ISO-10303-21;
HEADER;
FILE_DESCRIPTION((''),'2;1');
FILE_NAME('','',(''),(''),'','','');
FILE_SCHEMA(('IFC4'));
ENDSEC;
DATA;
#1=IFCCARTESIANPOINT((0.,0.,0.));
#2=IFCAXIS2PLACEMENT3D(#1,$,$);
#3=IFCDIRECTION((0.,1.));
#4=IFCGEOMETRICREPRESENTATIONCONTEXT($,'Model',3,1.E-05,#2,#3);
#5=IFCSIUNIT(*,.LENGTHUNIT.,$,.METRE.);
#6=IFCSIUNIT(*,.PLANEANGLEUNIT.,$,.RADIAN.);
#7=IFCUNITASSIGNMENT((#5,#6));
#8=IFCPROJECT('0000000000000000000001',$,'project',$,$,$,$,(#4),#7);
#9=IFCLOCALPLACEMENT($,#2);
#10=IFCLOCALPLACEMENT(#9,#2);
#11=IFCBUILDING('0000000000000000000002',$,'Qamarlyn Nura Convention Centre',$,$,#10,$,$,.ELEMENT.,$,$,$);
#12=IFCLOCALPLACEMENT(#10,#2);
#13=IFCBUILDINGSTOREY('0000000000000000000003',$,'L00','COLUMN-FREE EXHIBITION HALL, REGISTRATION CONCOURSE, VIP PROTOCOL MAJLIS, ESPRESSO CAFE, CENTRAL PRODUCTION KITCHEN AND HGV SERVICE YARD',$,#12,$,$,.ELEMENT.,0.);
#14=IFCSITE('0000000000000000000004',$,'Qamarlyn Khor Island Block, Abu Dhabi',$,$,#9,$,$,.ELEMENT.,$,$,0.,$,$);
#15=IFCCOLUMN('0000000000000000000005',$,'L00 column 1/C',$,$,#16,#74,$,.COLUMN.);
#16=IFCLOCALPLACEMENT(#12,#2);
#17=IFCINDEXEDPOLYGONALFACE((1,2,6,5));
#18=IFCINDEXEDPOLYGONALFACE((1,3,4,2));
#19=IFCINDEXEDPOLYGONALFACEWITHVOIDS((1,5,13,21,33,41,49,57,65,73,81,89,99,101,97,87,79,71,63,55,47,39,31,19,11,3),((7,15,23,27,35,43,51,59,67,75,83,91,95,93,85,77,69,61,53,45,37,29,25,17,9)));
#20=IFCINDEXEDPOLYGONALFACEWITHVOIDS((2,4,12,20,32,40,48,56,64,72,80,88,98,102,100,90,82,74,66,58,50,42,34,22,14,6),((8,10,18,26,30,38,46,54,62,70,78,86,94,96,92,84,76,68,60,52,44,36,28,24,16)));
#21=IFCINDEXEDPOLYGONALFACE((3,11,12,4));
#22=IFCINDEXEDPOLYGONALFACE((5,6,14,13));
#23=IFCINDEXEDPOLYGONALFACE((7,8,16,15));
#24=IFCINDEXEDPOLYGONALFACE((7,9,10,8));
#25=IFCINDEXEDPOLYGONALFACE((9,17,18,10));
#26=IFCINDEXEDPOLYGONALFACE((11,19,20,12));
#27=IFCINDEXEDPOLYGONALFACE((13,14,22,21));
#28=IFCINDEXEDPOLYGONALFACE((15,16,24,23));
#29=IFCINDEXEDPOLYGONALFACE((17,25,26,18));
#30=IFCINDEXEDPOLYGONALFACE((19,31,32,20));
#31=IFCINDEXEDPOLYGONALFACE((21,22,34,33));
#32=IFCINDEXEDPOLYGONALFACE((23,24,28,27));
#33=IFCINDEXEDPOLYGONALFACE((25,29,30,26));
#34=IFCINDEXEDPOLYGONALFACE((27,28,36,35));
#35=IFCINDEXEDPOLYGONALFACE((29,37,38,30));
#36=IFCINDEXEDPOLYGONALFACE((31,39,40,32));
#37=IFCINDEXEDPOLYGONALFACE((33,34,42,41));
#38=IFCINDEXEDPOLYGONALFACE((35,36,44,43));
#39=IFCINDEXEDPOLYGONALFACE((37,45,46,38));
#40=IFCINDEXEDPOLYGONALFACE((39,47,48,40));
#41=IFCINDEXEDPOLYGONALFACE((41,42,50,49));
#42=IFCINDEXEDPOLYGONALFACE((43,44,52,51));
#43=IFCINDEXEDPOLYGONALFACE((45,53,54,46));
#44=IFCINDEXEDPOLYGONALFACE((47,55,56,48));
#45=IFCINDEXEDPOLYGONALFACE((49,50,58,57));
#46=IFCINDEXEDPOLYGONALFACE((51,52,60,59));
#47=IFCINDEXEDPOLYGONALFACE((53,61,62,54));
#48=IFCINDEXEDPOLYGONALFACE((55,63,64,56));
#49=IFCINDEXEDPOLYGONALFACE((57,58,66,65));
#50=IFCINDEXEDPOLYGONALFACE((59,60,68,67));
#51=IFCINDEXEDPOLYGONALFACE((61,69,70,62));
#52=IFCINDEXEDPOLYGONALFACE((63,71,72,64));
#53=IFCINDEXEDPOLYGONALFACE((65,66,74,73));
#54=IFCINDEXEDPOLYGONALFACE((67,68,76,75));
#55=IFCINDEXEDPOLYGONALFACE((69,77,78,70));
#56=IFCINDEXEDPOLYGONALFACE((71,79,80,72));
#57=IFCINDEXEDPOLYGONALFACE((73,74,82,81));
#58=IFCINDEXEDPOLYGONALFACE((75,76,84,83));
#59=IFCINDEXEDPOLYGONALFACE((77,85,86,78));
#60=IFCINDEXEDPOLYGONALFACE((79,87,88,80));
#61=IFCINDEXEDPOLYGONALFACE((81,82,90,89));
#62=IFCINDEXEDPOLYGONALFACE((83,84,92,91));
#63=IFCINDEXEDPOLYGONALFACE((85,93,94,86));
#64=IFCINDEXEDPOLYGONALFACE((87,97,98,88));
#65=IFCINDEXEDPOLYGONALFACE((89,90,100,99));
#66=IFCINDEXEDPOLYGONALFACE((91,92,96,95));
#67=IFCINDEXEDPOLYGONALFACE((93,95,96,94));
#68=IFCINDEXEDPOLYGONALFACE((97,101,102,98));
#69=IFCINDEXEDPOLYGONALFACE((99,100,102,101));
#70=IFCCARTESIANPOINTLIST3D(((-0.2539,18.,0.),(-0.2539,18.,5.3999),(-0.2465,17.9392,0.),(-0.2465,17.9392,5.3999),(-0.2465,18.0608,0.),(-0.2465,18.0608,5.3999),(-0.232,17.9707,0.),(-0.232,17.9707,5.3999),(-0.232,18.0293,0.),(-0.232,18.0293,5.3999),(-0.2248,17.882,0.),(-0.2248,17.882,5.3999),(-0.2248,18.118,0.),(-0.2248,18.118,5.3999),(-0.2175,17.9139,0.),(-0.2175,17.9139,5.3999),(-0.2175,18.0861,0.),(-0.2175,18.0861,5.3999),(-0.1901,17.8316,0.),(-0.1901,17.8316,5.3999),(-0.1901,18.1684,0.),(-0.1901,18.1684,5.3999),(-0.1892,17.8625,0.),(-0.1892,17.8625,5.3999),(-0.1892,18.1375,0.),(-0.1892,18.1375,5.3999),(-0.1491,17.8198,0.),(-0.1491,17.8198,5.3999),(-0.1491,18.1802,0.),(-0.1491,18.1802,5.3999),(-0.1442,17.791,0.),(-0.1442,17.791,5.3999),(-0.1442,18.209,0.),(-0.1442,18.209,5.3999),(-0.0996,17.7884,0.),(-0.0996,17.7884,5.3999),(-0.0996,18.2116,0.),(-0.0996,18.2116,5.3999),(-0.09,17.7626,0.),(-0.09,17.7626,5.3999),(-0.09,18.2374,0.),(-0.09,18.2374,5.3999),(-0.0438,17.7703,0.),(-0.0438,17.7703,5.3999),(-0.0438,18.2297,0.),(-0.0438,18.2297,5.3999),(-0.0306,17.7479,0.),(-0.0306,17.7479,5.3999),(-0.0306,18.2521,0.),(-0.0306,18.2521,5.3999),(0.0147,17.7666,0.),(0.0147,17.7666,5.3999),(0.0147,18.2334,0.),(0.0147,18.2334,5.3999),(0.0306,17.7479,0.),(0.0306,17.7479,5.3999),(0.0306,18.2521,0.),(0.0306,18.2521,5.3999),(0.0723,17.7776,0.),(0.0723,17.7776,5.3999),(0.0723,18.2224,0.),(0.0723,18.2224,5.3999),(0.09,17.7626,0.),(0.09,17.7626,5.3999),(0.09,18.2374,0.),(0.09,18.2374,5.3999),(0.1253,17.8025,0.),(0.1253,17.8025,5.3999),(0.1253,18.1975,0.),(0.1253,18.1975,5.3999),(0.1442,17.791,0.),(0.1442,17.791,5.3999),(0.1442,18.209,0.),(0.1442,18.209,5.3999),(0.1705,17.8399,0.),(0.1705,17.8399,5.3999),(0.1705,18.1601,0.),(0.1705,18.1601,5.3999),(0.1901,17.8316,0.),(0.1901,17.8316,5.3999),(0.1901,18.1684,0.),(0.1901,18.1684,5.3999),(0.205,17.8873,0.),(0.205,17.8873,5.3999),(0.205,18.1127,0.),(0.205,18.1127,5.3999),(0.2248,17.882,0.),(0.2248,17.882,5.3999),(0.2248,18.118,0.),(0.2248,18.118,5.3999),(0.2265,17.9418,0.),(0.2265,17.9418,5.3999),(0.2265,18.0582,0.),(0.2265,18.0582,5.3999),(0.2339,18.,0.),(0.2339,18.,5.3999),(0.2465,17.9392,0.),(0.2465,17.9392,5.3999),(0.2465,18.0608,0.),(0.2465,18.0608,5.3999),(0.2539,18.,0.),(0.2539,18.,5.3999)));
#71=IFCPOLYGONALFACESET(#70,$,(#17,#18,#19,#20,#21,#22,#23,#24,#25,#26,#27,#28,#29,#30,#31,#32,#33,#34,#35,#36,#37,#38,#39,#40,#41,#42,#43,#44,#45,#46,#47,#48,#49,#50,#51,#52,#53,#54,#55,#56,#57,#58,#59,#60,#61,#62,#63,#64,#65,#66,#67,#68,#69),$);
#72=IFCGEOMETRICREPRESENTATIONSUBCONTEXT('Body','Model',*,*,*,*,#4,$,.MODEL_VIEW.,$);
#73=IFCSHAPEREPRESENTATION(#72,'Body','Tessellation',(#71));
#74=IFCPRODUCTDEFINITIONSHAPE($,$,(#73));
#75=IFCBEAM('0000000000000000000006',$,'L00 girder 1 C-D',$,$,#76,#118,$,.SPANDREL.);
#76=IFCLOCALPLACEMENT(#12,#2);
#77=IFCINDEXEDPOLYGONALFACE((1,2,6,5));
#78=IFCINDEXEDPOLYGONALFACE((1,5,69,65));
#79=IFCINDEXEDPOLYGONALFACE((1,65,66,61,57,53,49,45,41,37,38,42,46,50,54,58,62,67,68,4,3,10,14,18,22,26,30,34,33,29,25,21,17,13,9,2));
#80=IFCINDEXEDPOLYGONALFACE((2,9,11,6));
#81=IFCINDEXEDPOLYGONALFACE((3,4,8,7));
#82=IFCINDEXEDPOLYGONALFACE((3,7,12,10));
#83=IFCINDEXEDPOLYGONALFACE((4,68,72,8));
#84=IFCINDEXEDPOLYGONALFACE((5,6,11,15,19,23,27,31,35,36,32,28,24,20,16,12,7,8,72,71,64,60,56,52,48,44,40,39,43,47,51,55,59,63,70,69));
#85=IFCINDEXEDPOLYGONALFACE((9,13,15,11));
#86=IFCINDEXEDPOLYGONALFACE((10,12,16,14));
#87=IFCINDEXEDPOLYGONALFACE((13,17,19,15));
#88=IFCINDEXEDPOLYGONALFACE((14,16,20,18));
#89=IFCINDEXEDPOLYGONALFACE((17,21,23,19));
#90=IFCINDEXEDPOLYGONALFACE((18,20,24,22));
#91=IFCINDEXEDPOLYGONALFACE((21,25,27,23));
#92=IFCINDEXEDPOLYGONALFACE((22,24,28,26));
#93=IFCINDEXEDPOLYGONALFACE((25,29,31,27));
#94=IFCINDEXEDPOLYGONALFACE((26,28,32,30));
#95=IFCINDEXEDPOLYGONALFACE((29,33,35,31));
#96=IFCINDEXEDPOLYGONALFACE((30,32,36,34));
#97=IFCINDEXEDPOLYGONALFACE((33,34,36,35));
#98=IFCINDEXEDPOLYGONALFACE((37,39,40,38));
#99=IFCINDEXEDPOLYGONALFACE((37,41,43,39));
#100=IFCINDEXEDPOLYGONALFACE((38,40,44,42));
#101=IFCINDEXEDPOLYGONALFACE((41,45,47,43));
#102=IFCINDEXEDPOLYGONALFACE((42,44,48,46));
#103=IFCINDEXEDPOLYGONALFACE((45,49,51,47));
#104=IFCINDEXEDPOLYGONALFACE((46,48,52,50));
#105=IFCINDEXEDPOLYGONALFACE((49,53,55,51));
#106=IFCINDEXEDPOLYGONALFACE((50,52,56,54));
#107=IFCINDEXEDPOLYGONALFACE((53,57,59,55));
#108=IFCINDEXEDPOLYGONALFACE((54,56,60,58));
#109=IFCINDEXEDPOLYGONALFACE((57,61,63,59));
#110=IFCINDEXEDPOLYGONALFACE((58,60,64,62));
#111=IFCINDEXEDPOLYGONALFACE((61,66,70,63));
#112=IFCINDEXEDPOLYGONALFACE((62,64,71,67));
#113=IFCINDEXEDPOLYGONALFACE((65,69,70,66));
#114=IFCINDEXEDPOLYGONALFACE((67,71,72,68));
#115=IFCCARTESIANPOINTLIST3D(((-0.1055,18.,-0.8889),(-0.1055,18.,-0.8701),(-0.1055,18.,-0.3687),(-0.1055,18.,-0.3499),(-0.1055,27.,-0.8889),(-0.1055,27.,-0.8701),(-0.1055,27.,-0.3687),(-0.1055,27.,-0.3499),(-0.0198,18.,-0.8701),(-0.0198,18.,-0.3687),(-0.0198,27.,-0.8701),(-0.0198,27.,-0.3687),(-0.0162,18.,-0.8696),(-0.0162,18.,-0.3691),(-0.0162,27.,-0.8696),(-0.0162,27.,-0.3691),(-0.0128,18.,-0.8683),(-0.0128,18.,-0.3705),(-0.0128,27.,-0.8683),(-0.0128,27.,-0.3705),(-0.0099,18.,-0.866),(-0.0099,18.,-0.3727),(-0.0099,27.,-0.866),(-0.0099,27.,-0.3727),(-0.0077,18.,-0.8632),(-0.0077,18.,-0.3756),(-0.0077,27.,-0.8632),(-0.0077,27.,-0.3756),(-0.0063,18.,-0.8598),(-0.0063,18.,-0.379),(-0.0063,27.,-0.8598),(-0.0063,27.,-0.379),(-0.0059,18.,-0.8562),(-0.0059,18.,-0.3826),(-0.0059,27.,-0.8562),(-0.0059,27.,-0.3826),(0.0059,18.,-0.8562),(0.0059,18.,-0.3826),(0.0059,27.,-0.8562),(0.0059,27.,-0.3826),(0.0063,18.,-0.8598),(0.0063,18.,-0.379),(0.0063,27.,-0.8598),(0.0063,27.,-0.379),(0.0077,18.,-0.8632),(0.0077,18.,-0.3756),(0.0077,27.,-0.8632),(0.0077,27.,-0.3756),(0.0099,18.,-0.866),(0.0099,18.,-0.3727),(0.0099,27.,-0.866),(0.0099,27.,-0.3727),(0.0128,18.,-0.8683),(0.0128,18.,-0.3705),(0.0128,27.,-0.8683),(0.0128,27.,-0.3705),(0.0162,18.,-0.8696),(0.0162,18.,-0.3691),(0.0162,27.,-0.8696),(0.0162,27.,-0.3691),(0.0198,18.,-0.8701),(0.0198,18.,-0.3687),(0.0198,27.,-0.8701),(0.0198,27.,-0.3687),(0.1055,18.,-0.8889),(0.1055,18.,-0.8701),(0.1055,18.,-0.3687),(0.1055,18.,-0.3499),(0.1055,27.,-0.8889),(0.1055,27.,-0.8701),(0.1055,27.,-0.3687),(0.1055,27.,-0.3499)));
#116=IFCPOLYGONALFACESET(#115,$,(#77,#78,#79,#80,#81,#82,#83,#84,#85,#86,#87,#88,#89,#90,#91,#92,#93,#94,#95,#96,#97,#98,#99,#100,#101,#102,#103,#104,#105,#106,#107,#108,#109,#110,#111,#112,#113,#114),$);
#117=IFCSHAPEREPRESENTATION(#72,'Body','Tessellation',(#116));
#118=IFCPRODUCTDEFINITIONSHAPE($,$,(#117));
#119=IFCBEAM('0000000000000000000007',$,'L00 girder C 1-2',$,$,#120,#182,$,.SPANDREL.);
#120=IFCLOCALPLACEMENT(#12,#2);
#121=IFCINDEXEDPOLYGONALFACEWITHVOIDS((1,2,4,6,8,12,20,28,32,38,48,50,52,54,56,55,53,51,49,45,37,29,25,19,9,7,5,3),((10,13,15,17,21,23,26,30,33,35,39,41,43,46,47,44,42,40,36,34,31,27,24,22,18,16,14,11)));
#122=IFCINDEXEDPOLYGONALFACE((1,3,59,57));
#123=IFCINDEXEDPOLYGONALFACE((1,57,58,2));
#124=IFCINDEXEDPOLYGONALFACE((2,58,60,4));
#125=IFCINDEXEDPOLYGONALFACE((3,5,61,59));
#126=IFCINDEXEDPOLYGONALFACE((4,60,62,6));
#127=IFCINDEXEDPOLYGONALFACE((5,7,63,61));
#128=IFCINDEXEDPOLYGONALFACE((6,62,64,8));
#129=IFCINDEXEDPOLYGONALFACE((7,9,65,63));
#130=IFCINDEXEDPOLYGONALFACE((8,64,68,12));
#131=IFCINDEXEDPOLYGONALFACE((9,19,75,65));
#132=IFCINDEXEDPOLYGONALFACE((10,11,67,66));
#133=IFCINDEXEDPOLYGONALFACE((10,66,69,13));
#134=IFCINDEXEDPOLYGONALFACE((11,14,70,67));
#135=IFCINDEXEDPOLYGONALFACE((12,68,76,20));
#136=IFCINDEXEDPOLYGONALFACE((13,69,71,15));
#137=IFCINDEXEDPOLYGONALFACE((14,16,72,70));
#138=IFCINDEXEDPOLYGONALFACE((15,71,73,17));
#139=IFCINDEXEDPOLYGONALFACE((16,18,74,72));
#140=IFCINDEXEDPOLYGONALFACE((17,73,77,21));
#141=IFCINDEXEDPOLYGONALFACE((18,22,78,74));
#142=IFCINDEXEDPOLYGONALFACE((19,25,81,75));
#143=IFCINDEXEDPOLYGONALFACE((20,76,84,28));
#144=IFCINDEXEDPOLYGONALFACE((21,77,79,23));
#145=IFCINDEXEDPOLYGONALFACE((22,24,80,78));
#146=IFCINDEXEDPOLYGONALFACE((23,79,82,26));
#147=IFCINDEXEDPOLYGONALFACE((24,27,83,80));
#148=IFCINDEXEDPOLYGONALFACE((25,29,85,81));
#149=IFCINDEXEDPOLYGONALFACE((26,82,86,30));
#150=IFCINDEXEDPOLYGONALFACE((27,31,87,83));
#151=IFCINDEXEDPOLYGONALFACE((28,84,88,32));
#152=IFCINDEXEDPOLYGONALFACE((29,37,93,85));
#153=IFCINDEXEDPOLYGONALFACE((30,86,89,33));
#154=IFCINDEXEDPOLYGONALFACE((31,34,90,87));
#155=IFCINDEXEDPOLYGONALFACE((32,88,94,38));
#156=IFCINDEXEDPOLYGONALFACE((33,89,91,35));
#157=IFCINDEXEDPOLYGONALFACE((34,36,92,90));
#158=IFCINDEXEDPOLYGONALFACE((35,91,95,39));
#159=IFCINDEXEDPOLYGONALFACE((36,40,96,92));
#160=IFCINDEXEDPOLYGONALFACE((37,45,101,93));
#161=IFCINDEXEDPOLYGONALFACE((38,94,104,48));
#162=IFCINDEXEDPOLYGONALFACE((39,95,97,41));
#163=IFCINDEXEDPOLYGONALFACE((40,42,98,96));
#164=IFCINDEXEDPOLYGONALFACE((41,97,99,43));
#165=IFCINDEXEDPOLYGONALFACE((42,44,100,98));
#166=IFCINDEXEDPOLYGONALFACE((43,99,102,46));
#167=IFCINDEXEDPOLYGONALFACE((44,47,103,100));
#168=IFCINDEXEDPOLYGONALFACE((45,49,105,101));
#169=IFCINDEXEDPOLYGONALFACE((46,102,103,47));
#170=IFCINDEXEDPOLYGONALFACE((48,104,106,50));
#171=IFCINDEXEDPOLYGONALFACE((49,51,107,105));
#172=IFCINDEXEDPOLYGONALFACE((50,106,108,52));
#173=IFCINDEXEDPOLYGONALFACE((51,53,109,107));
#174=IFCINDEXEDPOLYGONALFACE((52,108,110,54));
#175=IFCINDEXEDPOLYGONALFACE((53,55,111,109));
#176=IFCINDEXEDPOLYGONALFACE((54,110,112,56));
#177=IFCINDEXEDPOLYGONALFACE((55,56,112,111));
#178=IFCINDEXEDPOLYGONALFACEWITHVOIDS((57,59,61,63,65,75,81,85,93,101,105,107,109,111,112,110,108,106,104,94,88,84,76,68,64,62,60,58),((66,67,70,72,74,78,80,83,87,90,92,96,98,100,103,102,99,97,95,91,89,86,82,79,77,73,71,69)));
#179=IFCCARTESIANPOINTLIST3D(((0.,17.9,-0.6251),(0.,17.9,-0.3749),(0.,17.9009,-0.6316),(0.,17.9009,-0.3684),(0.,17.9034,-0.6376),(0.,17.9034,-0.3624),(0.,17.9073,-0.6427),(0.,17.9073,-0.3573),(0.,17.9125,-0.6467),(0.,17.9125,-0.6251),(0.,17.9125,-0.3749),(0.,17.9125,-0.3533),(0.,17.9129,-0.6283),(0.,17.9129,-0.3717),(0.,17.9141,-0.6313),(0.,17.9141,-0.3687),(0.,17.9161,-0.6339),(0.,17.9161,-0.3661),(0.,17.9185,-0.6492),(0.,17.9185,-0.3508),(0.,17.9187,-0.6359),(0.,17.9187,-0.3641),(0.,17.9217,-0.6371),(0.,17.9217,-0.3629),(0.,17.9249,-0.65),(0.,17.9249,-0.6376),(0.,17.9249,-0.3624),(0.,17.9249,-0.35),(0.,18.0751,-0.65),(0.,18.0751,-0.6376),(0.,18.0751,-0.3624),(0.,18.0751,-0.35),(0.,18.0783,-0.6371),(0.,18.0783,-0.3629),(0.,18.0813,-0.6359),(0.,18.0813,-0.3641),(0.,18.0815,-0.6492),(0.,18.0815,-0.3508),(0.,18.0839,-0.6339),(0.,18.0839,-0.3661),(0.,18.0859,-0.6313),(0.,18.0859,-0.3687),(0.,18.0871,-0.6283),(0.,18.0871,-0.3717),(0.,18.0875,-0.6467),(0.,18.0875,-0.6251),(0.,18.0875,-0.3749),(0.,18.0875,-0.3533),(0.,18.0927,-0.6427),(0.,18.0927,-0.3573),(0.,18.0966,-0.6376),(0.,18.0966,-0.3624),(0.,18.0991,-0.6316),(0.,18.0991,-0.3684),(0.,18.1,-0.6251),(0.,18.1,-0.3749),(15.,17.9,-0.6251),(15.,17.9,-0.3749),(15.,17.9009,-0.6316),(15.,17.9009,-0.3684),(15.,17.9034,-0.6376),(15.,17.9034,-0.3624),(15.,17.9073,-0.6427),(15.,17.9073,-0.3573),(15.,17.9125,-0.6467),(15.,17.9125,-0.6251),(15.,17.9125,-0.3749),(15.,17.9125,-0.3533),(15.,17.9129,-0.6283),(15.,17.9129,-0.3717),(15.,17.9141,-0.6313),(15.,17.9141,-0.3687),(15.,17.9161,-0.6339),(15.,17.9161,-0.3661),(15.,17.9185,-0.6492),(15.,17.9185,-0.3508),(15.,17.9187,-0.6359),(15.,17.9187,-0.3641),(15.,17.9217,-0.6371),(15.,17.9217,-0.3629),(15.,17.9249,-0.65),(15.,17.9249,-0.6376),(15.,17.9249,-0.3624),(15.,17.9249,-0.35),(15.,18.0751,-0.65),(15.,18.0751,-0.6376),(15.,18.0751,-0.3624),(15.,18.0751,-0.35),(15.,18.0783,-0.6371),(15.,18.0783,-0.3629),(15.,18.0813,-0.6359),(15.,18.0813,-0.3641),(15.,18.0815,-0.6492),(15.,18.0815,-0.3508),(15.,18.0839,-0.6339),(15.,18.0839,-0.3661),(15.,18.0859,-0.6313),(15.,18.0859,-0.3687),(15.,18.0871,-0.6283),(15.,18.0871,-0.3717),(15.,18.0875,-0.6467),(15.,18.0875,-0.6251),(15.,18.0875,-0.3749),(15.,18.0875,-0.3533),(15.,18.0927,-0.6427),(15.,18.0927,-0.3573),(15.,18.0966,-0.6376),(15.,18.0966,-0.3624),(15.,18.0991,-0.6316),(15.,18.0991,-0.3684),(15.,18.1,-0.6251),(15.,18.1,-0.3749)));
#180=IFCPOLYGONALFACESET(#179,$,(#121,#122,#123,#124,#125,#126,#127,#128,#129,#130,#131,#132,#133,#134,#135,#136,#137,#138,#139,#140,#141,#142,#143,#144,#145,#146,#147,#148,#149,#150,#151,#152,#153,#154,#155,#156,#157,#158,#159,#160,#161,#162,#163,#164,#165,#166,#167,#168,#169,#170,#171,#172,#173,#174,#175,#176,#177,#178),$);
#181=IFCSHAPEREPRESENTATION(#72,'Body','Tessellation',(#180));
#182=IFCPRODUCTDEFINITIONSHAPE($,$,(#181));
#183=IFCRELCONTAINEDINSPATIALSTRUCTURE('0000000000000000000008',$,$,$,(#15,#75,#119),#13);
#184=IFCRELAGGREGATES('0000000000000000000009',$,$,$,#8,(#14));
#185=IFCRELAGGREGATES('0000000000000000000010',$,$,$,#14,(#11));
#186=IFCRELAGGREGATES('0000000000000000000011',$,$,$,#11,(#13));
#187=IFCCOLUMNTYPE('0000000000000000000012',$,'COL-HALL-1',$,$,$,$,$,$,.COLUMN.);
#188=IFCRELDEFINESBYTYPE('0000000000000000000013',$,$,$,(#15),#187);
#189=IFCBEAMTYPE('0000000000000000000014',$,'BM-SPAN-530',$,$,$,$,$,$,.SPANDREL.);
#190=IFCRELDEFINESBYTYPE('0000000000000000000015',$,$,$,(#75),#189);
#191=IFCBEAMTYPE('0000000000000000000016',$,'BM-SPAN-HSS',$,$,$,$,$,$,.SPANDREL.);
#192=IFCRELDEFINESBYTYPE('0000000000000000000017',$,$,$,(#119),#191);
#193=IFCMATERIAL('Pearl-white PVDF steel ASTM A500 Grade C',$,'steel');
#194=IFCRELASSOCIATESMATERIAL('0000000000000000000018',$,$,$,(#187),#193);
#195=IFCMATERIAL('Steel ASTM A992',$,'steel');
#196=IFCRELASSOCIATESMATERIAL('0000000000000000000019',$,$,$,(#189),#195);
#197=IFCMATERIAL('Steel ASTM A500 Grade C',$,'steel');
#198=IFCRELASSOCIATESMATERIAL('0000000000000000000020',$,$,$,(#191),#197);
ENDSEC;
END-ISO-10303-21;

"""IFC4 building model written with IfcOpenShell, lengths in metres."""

from ifc_helpers import new_model, si_unit, direction, frame, origin, origin_2d, place, context, subcontext, project, spatial, hollow_rectangle, hollow_circle, i_section, extrude, material, material_profile, profile_set, type_object, element, save


model = new_model("IFC4")

# Units and contexts
model_context = context("Model", 3, precision=1e-05, world=origin(), true_north=direction((0.0, 1.0)))
body_context = subcontext(model_context, "Body", "Model", "MODEL_VIEW")
ifc_project = project(units=[si_unit("LENGTHUNIT", "METRE"), si_unit("PLANEANGLEUNIT", "RADIAN")], contexts=[model_context])

# Site, building, storey
site_placement = place(None, origin())
site = spatial("IfcSite", under=ifc_project, at=site_placement, Name="Qamarlyn Khor Island Block, Abu Dhabi", CompositionType="ELEMENT", RefElevation=0.0)
building_placement = place(site_placement, origin())
building = spatial("IfcBuilding", under=site, at=building_placement, Name="Qamarlyn Nura Convention Centre", CompositionType="ELEMENT")
storey_placement = place(building_placement, origin())
storey = spatial("IfcBuildingStorey", under=building, at=storey_placement, Name="L00", Description="COLUMN-FREE EXHIBITION HALL, REGISTRATION CONCOURSE, VIP PROTOCOL MAJLIS, ESPRESSO CAFE, CENTRAL PRODUCTION KITCHEN AND HGV SERVICE YARD", CompositionType="ELEMENT", Elevation=0.0)

# Column
ifc_material_1 = material(Name="Pearl-white PVDF steel ASTM A500 Grade C", Category="steel")
ifc_material_profile_1 = material_profile(ifc_material_1, hollow_circle(Radius=0.2539, WallThickness=0.02, at=origin_2d()), Name="CHS508X20")
ifc_profile_set_1 = profile_set([ifc_material_profile_1], Name="Pearl-white PVDF steel ASTM A500 Grade C")
column_type = type_object("IfcColumnType", Name="COL-HALL-1", PredefinedType="COLUMN", material=ifc_profile_set_1)
column_placement = place(storey_placement, frame((0.0, 18.0, 0.0), z_axis=(0.0, 0.0, 1.0), x_axis=(1.0, 0.0, 0.0)))
element("IfcColumn", 1, at=column_placement, inside=storey, type_object=column_type, Name="L00 column 1/C", PredefinedType="COLUMN", context=body_context, shape_type="SweptSolid", body=[
    extrude(hollow_circle(Radius=0.2539, WallThickness=0.02, at=origin_2d()), origin(), (0.0, 0.0, 1.0), 5.3999),
])

# Beams
ifc_material_2 = material(Name="Steel ASTM A992", Category="steel")
ifc_material_profile_2 = material_profile(ifc_material_2, i_section(OverallWidth=0.2109, OverallDepth=0.5391, WebThickness=0.0117, FlangeThickness=0.0188, FilletRadius=0.0139, at=origin_2d()), Name="W530X109")
ifc_profile_set_2 = profile_set([ifc_material_profile_2], Name="Steel ASTM A992")
beam_type_1 = type_object("IfcBeamType", Name="BM-SPAN-530", PredefinedType="SPANDREL", material=ifc_profile_set_2)
beam_1_placement = place(storey_placement, frame((0.0, 18.0, -0.6194), z_axis=(0.0, 1.0, 0.0), x_axis=(-1.0, 0.0, 0.0)))
element("IfcBeam", 2, at=beam_1_placement, inside=storey, type_object=beam_type_1, Name="L00 girder 1 C-D", PredefinedType="SPANDREL", context=body_context, shape_type="SweptSolid", body=[
    extrude(i_section(OverallWidth=0.2109, OverallDepth=0.5391, WebThickness=0.0117, FlangeThickness=0.0188, FilletRadius=0.0139, at=origin_2d()), origin(), (0.0, 0.0, 1.0), 9.0),
])
ifc_material_3 = material(Name="Steel ASTM A500 Grade C", Category="steel")
ifc_material_profile_3 = material_profile(ifc_material_3, hollow_rectangle(XDim=0.2, YDim=0.3, WallThickness=0.0125, InnerFilletRadius=0.0125, OuterFilletRadius=0.0249, at=origin_2d()), Name="HSS300X200X12.5")
ifc_profile_set_3 = profile_set([ifc_material_profile_3], Name="Steel ASTM A500 Grade C")
beam_type_2 = type_object("IfcBeamType", Name="BM-SPAN-HSS", PredefinedType="SPANDREL", material=ifc_profile_set_3)
beam_2_placement = place(storey_placement, frame((0.0, 18.0, -0.5), z_axis=(1.0, 0.0, 0.0), x_axis=(0.0, 1.0, 0.0)))
element("IfcBeam", 3, at=beam_2_placement, inside=storey, type_object=beam_type_2, Name="L00 girder C 1-2", PredefinedType="SPANDREL", context=body_context, shape_type="SweptSolid", body=[
    extrude(hollow_rectangle(XDim=0.2, YDim=0.3, WallThickness=0.0125, InnerFilletRadius=0.0125, OuterFilletRadius=0.0249, at=origin_2d()), origin(), (0.0, 0.0, 1.0), 15.0),
])

save(model, "model.ifc")
